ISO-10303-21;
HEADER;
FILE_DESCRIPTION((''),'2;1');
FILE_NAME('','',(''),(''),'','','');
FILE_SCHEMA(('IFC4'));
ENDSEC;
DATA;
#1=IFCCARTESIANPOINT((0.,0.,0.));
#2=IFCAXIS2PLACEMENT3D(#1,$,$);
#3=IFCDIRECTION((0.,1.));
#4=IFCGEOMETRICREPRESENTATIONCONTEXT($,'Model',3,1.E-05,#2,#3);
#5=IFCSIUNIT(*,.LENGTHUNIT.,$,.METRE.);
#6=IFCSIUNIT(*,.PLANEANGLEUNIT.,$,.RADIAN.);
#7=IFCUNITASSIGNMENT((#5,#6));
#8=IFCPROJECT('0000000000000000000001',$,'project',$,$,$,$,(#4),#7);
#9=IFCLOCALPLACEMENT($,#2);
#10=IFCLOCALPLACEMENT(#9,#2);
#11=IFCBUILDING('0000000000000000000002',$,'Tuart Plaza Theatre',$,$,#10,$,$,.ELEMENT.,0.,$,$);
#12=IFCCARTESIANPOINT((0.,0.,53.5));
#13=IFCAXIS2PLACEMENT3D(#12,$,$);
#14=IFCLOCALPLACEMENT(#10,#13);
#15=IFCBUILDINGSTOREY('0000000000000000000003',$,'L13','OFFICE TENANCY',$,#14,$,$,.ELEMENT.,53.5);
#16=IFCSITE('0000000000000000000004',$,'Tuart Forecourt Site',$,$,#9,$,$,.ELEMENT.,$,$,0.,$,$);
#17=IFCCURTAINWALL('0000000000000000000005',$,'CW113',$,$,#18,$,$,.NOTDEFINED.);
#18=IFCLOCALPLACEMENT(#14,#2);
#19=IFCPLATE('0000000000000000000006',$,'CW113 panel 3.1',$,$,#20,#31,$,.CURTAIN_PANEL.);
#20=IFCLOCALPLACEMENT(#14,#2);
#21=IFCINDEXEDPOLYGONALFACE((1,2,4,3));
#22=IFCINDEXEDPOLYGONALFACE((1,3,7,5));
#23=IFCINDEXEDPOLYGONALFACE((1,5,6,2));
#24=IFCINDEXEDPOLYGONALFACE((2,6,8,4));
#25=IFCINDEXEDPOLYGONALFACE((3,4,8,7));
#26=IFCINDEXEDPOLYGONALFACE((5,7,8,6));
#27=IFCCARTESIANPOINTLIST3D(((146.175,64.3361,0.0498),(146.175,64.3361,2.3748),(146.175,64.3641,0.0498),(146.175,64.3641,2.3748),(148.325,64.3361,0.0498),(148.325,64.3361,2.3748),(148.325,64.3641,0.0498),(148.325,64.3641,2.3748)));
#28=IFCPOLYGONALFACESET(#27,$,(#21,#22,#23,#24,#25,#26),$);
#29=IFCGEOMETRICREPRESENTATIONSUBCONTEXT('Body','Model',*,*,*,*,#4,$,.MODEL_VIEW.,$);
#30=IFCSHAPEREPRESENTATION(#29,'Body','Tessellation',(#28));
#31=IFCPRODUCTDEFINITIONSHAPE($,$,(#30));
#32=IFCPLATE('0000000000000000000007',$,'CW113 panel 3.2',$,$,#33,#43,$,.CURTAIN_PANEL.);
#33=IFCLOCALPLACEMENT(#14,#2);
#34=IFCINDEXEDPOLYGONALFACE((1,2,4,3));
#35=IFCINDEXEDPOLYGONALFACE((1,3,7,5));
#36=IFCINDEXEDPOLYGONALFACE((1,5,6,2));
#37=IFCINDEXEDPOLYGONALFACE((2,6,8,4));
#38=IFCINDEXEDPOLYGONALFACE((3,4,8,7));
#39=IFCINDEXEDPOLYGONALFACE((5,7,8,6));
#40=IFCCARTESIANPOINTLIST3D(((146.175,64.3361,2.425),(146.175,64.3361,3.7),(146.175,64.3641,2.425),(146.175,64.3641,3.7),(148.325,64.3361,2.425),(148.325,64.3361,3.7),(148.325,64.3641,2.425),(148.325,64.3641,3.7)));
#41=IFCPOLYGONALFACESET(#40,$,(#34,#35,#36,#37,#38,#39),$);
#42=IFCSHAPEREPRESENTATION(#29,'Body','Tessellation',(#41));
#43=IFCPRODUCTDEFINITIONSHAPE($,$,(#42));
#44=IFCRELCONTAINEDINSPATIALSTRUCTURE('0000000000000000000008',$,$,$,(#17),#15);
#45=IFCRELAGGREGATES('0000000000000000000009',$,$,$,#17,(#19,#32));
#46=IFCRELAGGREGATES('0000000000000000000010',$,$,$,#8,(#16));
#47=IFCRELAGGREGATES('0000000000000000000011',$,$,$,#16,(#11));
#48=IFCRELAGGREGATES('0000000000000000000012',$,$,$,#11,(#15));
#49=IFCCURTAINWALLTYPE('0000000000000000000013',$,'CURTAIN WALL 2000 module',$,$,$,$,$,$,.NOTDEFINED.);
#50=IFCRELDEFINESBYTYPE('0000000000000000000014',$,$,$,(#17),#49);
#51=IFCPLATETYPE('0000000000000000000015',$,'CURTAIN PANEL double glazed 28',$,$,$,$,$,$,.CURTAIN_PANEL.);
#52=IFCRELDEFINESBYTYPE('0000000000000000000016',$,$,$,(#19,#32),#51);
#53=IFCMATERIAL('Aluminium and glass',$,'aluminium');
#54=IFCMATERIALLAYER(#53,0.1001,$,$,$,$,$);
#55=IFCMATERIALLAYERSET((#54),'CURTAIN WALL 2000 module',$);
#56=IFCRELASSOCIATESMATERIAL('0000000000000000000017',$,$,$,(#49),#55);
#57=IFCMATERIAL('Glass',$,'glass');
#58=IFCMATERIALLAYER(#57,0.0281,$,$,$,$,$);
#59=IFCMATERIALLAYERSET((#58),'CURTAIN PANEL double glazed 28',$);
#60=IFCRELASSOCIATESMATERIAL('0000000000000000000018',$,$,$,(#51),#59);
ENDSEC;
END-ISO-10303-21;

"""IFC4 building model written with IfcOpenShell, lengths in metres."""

from ifc_helpers import new_model, si_unit, direction, frame, origin, origin_2d, place, context, subcontext, project, spatial, rectangle, extrude, material, layer, layer_set, type_object, element, aggregate, save


model = new_model("IFC4")

# Units and contexts
model_context = context("Model", 3, precision=1e-05, world=origin(), true_north=direction((0.0, 1.0)))
body_context = subcontext(model_context, "Body", "Model", "MODEL_VIEW")
ifc_project = project(units=[si_unit("LENGTHUNIT", "METRE"), si_unit("PLANEANGLEUNIT", "RADIAN")], contexts=[model_context])

# Site, building, storey
site_placement = place(None, origin())
site = spatial("IfcSite", under=ifc_project, at=site_placement, Name="Tuart Forecourt Site", CompositionType="ELEMENT", RefElevation=0.0)
building_placement = place(site_placement, origin())
building = spatial("IfcBuilding", under=site, at=building_placement, Name="Tuart Plaza Theatre", CompositionType="ELEMENT", ElevationOfRefHeight=0.0)
storey_placement = place(building_placement, frame((0.0, 0.0, 53.5)))
storey = spatial("IfcBuildingStorey", under=building, at=storey_placement, Name="L13", Description="OFFICE TENANCY", CompositionType="ELEMENT", Elevation=53.5)

# Curtain wall, plates
ifc_material_1 = material(Name="Aluminium and glass", Category="aluminium")
ifc_layer_1 = layer(ifc_material_1, 0.1001)
ifc_layer_set_1 = layer_set([ifc_layer_1], Name="CURTAIN WALL 2000 module")
curtain_wall_type = type_object("IfcCurtainWallType", Name="CURTAIN WALL 2000 module", PredefinedType="NOTDEFINED", material=ifc_layer_set_1)
curtain_wall_placement = place(storey_placement, origin())
curtain_wall = element("IfcCurtainWall", 1, at=curtain_wall_placement, inside=storey, type_object=curtain_wall_type, Name="CW113", PredefinedType="NOTDEFINED")
ifc_material_2 = material(Name="Glass", Category="glass")
ifc_layer_2 = layer(ifc_material_2, 0.0281)
ifc_layer_set_2 = layer_set([ifc_layer_2], Name="CURTAIN PANEL double glazed 28")
plate_type = type_object("IfcPlateType", Name="CURTAIN PANEL double glazed 28", PredefinedType="CURTAIN_PANEL", material=ifc_layer_set_2)
plate_1_placement = place(storey_placement, frame((147.25, 64.3501, 0.0498), z_axis=(0.0, 0.0, 1.0), x_axis=(1.0, 0.0, 0.0)))
plate_1 = element("IfcPlate", 2, at=plate_1_placement, type_object=plate_type, Name="CW113 panel 3.1", PredefinedType="CURTAIN_PANEL", context=body_context, shape_type="SweptSolid", body=[
    extrude(rectangle(XDim=2.1499, YDim=0.0281, at=origin_2d()), origin(), (0.0, 0.0, 1.0), 2.325),
])
plate_2_placement = place(storey_placement, frame((147.25, 64.3501, 2.425), z_axis=(0.0, 0.0, 1.0), x_axis=(1.0, 0.0, 0.0)))
plate_2 = element("IfcPlate", 3, at=plate_2_placement, type_object=plate_type, Name="CW113 panel 3.2", PredefinedType="CURTAIN_PANEL", context=body_context, shape_type="SweptSolid", body=[
    extrude(rectangle(XDim=2.1499, YDim=0.0281, at=origin_2d()), origin(), (0.0, 0.0, 1.0), 1.2749),
])
aggregate(curtain_wall, [plate_1, plate_2])

save(model, "model.ifc")
